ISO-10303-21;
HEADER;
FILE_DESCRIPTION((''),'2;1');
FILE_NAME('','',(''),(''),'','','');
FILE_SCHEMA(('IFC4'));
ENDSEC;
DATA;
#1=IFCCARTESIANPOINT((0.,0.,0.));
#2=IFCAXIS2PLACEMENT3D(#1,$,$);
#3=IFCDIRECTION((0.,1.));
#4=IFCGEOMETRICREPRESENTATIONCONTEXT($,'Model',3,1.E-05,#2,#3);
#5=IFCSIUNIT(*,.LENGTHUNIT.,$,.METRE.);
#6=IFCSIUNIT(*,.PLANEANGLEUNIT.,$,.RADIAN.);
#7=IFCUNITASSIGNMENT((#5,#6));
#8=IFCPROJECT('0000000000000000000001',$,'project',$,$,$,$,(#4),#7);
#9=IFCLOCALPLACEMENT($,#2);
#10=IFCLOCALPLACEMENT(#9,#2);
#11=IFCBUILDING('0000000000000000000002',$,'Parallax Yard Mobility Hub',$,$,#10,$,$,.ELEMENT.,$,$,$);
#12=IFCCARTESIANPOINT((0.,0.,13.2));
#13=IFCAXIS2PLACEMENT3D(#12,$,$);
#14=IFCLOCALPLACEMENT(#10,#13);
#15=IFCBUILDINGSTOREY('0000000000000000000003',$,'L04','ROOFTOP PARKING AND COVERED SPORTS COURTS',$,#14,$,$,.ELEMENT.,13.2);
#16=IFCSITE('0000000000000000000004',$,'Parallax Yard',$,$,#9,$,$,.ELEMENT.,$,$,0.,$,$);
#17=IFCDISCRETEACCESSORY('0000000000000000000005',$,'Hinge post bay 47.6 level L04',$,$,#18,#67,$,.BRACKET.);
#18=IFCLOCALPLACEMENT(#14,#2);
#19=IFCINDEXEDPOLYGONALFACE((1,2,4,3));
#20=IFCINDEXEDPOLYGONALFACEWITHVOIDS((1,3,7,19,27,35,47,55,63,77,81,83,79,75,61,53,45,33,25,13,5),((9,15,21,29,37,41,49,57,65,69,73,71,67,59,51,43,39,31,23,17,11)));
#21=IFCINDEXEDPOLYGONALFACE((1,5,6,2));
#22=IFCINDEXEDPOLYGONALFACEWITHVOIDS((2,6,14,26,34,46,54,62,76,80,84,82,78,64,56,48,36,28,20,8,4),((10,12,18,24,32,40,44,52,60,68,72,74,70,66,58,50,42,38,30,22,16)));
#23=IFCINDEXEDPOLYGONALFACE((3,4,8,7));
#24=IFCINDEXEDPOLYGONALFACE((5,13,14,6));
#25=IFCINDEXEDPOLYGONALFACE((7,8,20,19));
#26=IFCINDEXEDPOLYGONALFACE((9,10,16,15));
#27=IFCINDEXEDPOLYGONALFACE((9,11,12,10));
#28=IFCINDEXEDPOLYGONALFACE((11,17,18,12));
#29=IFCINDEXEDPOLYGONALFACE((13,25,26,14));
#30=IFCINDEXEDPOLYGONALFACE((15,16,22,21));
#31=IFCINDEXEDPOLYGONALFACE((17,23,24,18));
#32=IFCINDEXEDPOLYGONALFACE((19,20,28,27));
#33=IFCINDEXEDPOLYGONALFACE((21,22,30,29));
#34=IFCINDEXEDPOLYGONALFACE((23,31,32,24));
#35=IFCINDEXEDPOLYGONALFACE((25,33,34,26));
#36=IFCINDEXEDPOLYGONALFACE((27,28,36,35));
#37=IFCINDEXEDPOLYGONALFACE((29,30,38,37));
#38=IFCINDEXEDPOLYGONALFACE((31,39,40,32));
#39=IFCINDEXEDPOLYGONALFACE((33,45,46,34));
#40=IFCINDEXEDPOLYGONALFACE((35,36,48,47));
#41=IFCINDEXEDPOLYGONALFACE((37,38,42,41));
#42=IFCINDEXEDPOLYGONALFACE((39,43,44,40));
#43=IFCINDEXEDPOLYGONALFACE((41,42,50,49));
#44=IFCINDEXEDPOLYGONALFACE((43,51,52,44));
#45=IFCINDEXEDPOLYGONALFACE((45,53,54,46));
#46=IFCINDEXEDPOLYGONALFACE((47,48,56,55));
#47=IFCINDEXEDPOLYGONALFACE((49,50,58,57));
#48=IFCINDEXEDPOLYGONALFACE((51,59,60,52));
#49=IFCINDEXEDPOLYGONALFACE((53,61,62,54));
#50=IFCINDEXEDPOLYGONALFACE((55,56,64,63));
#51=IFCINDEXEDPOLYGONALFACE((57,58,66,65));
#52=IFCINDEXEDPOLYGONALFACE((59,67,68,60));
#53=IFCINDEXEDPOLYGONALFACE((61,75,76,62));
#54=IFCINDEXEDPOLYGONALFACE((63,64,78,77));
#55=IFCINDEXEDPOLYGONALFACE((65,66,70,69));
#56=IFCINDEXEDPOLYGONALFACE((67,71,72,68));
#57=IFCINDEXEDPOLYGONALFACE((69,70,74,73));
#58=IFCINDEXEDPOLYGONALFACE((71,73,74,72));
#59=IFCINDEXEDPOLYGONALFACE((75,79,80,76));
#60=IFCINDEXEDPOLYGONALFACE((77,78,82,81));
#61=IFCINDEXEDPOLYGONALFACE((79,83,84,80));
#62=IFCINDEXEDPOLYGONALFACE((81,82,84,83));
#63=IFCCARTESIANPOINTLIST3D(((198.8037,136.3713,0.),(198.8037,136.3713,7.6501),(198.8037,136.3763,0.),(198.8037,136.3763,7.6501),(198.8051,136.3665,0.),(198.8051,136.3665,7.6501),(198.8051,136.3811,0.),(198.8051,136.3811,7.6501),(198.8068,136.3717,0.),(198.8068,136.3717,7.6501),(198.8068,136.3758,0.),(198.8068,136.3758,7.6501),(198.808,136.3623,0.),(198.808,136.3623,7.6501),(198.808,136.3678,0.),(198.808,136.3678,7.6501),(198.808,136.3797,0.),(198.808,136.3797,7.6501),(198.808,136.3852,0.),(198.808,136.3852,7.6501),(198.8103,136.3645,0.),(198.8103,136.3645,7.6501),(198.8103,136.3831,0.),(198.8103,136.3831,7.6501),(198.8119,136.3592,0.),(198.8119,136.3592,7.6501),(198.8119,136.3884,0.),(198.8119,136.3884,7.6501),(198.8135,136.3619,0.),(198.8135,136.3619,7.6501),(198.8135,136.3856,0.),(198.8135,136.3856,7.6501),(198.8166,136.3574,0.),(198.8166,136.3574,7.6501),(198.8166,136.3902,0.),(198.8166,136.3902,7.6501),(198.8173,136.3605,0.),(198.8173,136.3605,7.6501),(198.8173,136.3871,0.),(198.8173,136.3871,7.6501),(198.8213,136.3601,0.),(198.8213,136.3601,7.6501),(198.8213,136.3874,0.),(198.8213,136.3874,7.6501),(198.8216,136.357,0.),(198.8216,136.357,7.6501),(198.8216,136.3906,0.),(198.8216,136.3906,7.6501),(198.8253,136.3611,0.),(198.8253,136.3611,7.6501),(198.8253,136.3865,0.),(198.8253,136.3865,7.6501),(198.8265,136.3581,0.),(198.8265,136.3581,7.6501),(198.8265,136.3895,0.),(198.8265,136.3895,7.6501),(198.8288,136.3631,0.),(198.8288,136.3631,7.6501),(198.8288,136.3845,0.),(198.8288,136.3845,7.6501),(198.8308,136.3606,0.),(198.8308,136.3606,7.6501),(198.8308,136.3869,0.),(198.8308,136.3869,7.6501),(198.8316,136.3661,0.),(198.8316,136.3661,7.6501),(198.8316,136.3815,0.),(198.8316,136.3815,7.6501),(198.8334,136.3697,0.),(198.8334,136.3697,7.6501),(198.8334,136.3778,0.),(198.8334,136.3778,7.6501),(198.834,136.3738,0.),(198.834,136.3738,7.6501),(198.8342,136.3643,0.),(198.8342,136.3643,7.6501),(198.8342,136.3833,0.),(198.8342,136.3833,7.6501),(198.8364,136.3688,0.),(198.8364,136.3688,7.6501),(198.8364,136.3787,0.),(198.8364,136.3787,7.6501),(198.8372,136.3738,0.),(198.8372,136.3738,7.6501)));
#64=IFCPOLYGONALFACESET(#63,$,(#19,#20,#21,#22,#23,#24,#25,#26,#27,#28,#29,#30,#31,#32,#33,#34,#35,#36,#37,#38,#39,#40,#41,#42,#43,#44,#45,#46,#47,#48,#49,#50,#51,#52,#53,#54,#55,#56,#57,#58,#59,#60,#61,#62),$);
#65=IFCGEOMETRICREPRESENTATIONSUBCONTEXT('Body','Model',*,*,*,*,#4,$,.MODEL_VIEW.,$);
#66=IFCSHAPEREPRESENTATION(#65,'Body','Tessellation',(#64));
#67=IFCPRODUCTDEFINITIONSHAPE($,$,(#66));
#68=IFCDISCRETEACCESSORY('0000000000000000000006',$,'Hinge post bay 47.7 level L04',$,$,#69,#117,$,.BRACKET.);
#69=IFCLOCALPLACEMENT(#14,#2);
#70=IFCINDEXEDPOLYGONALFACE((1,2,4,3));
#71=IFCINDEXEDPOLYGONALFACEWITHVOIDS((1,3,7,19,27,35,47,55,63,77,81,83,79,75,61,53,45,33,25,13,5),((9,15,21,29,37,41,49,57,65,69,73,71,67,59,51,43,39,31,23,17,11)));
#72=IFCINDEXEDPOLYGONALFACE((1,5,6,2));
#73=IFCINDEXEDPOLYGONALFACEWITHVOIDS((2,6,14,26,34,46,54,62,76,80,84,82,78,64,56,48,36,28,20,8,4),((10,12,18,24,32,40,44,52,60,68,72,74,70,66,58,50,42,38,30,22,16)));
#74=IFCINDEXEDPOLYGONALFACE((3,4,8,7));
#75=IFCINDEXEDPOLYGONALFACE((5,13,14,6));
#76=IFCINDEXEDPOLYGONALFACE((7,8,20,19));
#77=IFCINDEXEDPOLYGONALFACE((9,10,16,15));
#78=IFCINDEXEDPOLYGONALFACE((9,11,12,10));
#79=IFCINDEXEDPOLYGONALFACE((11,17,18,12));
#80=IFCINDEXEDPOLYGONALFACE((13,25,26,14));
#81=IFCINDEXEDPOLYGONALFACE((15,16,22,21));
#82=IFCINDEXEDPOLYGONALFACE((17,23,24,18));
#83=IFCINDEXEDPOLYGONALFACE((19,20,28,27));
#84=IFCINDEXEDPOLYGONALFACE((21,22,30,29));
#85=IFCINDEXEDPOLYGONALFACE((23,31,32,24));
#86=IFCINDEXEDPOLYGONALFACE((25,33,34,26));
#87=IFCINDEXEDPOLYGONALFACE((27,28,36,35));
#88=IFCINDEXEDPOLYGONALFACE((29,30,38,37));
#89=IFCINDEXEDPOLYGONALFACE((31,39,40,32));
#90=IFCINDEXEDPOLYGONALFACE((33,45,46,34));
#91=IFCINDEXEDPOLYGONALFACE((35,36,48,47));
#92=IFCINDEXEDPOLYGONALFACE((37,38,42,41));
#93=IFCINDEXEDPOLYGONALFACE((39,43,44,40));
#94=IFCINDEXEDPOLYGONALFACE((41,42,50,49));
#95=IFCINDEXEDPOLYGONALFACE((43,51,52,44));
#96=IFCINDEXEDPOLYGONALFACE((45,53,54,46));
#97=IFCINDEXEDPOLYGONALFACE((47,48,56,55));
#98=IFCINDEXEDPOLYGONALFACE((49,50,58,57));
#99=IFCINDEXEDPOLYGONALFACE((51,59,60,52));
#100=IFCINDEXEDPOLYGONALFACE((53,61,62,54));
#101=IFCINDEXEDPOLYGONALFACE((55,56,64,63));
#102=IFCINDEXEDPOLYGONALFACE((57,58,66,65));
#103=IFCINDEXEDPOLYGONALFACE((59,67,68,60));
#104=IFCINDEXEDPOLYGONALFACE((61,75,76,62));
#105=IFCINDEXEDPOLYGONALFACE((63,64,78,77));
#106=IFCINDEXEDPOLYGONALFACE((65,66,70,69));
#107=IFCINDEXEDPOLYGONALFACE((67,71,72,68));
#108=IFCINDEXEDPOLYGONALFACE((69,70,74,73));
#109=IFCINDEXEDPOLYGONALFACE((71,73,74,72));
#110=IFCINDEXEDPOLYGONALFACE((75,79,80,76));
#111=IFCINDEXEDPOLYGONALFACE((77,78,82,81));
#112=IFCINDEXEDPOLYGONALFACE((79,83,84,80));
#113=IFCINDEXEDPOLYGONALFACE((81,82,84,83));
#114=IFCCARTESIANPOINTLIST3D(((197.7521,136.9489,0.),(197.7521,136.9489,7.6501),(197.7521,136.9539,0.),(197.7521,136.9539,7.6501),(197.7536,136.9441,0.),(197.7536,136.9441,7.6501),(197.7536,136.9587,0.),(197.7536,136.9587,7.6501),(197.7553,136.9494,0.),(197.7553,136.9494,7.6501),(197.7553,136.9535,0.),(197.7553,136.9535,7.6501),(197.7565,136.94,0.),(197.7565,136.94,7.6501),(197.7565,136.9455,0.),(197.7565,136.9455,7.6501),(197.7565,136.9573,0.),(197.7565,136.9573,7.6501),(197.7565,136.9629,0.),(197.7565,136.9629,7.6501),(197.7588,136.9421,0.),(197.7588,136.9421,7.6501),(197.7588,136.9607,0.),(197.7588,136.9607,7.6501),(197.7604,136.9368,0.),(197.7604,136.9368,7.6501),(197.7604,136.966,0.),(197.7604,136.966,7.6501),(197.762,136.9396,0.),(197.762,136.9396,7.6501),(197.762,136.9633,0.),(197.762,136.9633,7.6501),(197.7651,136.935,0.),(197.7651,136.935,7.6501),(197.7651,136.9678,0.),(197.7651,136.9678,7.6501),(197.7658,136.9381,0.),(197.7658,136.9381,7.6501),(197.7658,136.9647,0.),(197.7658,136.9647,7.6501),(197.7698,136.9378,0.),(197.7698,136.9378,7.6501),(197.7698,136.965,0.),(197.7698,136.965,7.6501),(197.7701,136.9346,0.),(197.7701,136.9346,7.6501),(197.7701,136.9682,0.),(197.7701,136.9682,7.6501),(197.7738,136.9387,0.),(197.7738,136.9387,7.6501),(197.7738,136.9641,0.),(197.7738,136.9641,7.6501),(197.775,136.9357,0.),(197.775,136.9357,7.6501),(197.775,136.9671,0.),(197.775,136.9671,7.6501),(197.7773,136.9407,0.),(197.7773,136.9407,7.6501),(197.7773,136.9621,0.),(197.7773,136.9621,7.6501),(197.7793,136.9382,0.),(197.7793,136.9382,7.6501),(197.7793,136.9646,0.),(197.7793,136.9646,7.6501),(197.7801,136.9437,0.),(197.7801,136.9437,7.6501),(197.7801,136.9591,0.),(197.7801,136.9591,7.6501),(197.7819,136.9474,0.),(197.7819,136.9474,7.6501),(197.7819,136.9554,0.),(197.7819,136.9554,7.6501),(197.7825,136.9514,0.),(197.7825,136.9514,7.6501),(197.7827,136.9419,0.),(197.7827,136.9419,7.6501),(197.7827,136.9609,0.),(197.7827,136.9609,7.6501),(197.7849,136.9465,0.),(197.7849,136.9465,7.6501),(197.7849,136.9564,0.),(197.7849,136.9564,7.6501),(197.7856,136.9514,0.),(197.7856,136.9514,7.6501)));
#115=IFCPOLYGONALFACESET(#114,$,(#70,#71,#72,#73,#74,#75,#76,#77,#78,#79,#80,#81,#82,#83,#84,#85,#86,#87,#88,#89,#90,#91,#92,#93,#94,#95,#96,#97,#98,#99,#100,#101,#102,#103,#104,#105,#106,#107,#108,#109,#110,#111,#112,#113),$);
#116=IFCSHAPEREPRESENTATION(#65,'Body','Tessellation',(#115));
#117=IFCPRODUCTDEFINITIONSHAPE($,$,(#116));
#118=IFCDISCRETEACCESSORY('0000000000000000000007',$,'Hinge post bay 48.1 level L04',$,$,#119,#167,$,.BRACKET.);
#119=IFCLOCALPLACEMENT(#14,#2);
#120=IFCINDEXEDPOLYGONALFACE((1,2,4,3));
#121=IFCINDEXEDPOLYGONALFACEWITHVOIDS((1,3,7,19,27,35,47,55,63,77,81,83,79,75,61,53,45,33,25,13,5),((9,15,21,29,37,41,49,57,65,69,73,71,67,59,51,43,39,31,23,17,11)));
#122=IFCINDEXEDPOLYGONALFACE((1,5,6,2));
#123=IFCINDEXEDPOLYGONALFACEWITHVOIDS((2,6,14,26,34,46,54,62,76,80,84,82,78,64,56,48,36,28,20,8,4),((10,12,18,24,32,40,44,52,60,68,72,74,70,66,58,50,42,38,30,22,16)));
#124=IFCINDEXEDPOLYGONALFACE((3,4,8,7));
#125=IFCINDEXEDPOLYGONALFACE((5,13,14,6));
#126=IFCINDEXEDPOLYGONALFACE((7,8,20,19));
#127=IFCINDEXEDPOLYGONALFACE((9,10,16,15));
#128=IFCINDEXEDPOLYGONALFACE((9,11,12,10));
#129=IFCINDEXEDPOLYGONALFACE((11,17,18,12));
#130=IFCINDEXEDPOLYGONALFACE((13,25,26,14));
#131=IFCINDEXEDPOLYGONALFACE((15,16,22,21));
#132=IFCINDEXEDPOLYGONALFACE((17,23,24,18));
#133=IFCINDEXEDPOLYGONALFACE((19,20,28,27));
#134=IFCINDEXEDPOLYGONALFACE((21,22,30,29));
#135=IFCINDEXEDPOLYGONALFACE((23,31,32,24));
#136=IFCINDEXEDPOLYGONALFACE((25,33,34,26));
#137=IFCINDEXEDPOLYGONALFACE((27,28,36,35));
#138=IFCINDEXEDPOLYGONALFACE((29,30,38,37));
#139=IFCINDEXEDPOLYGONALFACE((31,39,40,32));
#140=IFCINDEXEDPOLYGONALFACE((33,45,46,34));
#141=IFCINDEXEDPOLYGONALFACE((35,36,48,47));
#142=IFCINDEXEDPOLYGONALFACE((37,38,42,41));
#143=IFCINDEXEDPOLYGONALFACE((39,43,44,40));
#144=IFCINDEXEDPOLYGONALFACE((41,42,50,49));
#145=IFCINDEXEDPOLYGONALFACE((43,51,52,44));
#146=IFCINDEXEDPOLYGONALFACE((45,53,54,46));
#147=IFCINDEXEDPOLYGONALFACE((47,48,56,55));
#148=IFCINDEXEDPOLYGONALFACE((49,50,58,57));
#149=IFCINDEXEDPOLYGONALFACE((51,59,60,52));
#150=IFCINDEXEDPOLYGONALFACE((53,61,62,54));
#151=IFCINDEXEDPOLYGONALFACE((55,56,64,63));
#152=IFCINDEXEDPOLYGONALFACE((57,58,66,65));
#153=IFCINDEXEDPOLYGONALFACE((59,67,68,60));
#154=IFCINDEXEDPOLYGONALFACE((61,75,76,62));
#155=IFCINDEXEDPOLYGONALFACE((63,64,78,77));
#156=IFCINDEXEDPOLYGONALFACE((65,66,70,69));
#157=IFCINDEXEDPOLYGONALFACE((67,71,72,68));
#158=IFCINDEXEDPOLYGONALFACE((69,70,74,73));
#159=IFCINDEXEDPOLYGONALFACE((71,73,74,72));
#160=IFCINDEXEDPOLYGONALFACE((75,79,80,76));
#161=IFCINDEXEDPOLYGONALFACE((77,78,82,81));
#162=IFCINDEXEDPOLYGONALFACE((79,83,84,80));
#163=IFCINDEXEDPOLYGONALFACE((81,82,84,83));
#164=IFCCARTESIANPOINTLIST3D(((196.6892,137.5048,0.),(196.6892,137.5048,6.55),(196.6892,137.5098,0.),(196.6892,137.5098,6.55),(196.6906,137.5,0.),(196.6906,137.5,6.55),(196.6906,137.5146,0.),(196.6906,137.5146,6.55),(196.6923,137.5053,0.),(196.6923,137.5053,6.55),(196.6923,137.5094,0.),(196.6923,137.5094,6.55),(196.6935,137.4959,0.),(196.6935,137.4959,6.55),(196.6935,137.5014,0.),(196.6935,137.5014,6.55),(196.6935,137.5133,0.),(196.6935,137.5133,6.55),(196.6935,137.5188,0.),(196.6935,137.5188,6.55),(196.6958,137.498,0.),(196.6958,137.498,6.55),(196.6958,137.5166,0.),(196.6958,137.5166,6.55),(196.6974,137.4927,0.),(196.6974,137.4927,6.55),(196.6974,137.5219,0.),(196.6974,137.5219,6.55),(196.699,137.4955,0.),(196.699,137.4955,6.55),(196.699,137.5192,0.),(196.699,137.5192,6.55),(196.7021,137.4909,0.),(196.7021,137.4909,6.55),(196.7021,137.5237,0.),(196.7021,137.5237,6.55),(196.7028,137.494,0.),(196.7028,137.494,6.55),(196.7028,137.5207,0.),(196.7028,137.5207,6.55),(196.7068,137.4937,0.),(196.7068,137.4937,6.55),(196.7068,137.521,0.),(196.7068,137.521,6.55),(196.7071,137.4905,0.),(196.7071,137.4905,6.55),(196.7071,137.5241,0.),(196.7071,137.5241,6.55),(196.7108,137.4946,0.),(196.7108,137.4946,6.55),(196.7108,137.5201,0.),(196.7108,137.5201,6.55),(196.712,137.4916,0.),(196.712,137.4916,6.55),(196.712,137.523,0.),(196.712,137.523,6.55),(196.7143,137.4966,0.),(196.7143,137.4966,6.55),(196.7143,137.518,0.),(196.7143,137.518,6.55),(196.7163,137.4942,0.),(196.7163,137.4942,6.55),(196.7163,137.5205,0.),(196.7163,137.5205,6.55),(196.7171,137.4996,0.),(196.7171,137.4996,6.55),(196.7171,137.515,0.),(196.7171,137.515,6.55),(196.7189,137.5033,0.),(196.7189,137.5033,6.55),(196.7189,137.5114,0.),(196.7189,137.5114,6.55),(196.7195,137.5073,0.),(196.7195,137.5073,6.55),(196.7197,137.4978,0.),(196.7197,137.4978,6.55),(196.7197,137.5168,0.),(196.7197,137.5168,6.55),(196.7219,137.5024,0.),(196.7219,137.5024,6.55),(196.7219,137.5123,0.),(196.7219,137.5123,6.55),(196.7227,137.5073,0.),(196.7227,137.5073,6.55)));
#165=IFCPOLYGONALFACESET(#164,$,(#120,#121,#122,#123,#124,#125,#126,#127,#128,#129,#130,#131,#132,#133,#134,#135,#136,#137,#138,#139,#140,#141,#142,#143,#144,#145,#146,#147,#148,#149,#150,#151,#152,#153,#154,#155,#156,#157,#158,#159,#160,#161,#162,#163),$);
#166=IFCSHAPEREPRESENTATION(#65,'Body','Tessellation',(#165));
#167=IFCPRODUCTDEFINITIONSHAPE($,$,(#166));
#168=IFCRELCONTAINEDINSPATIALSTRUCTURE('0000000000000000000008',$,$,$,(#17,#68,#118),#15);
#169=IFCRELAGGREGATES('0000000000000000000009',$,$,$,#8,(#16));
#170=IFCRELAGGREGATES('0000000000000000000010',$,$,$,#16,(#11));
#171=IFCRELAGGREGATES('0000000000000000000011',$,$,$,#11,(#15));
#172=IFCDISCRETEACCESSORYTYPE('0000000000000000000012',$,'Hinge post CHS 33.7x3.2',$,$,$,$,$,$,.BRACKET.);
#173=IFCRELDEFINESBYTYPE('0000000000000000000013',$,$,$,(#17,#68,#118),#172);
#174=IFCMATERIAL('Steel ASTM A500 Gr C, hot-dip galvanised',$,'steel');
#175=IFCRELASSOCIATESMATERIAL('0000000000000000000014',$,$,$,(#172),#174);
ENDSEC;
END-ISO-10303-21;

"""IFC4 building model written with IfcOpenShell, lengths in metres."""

from ifc_helpers import new_model, si_unit, direction, frame, origin, origin_2d, place, context, subcontext, project, spatial, hollow_circle, extrude, material, material_profile, profile_set, type_object, element, save


model = new_model("IFC4")

# Units and contexts
model_context = context("Model", 3, precision=1e-05, world=origin(), true_north=direction((0.0, 1.0)))
body_context = subcontext(model_context, "Body", "Model", "MODEL_VIEW")
ifc_project = project(units=[si_unit("LENGTHUNIT", "METRE"), si_unit("PLANEANGLEUNIT", "RADIAN")], contexts=[model_context])

# Site, building, storey
site_placement = place(None, origin())
site = spatial("IfcSite", under=ifc_project, at=site_placement, Name="Parallax Yard", CompositionType="ELEMENT", RefElevation=0.0)
building_placement = place(site_placement, origin())
building = spatial("IfcBuilding", under=site, at=building_placement, Name="Parallax Yard Mobility Hub", CompositionType="ELEMENT")
storey_placement = place(building_placement, frame((0.0, 0.0, 13.2)))
storey = spatial("IfcBuildingStorey", under=building, at=storey_placement, Name="L04", Description="ROOFTOP PARKING AND COVERED SPORTS COURTS", CompositionType="ELEMENT", Elevation=13.2)

# Discrete accessories
ifc_material_1 = material(Name="Steel ASTM A500 Gr C, hot-dip galvanised", Category="steel")
ifc_material_profile = material_profile(ifc_material_1, hollow_circle(Radius=0.0168, WallThickness=0.0032, at=origin_2d()), Name="CHS 33.7x3.2")
ifc_profile_set = profile_set([ifc_material_profile], Name="Steel ASTM A500 Gr C, hot-dip galvanised")
discrete_accessory_type_1 = type_object("IfcDiscreteAccessoryType", Name="Hinge post CHS 33.7x3.2", PredefinedType="BRACKET", material=ifc_profile_set)
for number, where, z_axis, x_axis, name in (
    (1, (198.8203, 136.3738, 0.0), (0.0, 0.0, 1.0), (1.0, 0.0, 0.0), "Hinge post bay 47.6 level L04"),
    (2, (197.7688, 136.9514, 0.0), (0.0, 0.0, 1.0), (1.0, 0.0, 0.0), "Hinge post bay 47.7 level L04"),
):
    element("IfcDiscreteAccessory", number, at=place(storey_placement, frame(where, z_axis=z_axis, x_axis=x_axis)), inside=storey, type_object=discrete_accessory_type_1, Name=name, PredefinedType="BRACKET", context=body_context, shape_type="SweptSolid", body=[
        extrude(hollow_circle(Radius=0.0168, WallThickness=0.0032, at=origin_2d()), origin(), (0.0, 0.0, 1.0), 7.6501),
    ])
discrete_accessory_1_placement = place(storey_placement, frame((196.7058, 137.5073, 0.0), z_axis=(0.0, 0.0, 1.0), x_axis=(1.0, 0.0, 0.0)))
element("IfcDiscreteAccessory", 3, at=discrete_accessory_1_placement, inside=storey, type_object=discrete_accessory_type_1, Name="Hinge post bay 48.1 level L04", PredefinedType="BRACKET", context=body_context, shape_type="SweptSolid", body=[
    extrude(hollow_circle(Radius=0.0168, WallThickness=0.0032, at=origin_2d()), origin(), (0.0, 0.0, 1.0), 6.55),
])

save(model, "model.ifc")
